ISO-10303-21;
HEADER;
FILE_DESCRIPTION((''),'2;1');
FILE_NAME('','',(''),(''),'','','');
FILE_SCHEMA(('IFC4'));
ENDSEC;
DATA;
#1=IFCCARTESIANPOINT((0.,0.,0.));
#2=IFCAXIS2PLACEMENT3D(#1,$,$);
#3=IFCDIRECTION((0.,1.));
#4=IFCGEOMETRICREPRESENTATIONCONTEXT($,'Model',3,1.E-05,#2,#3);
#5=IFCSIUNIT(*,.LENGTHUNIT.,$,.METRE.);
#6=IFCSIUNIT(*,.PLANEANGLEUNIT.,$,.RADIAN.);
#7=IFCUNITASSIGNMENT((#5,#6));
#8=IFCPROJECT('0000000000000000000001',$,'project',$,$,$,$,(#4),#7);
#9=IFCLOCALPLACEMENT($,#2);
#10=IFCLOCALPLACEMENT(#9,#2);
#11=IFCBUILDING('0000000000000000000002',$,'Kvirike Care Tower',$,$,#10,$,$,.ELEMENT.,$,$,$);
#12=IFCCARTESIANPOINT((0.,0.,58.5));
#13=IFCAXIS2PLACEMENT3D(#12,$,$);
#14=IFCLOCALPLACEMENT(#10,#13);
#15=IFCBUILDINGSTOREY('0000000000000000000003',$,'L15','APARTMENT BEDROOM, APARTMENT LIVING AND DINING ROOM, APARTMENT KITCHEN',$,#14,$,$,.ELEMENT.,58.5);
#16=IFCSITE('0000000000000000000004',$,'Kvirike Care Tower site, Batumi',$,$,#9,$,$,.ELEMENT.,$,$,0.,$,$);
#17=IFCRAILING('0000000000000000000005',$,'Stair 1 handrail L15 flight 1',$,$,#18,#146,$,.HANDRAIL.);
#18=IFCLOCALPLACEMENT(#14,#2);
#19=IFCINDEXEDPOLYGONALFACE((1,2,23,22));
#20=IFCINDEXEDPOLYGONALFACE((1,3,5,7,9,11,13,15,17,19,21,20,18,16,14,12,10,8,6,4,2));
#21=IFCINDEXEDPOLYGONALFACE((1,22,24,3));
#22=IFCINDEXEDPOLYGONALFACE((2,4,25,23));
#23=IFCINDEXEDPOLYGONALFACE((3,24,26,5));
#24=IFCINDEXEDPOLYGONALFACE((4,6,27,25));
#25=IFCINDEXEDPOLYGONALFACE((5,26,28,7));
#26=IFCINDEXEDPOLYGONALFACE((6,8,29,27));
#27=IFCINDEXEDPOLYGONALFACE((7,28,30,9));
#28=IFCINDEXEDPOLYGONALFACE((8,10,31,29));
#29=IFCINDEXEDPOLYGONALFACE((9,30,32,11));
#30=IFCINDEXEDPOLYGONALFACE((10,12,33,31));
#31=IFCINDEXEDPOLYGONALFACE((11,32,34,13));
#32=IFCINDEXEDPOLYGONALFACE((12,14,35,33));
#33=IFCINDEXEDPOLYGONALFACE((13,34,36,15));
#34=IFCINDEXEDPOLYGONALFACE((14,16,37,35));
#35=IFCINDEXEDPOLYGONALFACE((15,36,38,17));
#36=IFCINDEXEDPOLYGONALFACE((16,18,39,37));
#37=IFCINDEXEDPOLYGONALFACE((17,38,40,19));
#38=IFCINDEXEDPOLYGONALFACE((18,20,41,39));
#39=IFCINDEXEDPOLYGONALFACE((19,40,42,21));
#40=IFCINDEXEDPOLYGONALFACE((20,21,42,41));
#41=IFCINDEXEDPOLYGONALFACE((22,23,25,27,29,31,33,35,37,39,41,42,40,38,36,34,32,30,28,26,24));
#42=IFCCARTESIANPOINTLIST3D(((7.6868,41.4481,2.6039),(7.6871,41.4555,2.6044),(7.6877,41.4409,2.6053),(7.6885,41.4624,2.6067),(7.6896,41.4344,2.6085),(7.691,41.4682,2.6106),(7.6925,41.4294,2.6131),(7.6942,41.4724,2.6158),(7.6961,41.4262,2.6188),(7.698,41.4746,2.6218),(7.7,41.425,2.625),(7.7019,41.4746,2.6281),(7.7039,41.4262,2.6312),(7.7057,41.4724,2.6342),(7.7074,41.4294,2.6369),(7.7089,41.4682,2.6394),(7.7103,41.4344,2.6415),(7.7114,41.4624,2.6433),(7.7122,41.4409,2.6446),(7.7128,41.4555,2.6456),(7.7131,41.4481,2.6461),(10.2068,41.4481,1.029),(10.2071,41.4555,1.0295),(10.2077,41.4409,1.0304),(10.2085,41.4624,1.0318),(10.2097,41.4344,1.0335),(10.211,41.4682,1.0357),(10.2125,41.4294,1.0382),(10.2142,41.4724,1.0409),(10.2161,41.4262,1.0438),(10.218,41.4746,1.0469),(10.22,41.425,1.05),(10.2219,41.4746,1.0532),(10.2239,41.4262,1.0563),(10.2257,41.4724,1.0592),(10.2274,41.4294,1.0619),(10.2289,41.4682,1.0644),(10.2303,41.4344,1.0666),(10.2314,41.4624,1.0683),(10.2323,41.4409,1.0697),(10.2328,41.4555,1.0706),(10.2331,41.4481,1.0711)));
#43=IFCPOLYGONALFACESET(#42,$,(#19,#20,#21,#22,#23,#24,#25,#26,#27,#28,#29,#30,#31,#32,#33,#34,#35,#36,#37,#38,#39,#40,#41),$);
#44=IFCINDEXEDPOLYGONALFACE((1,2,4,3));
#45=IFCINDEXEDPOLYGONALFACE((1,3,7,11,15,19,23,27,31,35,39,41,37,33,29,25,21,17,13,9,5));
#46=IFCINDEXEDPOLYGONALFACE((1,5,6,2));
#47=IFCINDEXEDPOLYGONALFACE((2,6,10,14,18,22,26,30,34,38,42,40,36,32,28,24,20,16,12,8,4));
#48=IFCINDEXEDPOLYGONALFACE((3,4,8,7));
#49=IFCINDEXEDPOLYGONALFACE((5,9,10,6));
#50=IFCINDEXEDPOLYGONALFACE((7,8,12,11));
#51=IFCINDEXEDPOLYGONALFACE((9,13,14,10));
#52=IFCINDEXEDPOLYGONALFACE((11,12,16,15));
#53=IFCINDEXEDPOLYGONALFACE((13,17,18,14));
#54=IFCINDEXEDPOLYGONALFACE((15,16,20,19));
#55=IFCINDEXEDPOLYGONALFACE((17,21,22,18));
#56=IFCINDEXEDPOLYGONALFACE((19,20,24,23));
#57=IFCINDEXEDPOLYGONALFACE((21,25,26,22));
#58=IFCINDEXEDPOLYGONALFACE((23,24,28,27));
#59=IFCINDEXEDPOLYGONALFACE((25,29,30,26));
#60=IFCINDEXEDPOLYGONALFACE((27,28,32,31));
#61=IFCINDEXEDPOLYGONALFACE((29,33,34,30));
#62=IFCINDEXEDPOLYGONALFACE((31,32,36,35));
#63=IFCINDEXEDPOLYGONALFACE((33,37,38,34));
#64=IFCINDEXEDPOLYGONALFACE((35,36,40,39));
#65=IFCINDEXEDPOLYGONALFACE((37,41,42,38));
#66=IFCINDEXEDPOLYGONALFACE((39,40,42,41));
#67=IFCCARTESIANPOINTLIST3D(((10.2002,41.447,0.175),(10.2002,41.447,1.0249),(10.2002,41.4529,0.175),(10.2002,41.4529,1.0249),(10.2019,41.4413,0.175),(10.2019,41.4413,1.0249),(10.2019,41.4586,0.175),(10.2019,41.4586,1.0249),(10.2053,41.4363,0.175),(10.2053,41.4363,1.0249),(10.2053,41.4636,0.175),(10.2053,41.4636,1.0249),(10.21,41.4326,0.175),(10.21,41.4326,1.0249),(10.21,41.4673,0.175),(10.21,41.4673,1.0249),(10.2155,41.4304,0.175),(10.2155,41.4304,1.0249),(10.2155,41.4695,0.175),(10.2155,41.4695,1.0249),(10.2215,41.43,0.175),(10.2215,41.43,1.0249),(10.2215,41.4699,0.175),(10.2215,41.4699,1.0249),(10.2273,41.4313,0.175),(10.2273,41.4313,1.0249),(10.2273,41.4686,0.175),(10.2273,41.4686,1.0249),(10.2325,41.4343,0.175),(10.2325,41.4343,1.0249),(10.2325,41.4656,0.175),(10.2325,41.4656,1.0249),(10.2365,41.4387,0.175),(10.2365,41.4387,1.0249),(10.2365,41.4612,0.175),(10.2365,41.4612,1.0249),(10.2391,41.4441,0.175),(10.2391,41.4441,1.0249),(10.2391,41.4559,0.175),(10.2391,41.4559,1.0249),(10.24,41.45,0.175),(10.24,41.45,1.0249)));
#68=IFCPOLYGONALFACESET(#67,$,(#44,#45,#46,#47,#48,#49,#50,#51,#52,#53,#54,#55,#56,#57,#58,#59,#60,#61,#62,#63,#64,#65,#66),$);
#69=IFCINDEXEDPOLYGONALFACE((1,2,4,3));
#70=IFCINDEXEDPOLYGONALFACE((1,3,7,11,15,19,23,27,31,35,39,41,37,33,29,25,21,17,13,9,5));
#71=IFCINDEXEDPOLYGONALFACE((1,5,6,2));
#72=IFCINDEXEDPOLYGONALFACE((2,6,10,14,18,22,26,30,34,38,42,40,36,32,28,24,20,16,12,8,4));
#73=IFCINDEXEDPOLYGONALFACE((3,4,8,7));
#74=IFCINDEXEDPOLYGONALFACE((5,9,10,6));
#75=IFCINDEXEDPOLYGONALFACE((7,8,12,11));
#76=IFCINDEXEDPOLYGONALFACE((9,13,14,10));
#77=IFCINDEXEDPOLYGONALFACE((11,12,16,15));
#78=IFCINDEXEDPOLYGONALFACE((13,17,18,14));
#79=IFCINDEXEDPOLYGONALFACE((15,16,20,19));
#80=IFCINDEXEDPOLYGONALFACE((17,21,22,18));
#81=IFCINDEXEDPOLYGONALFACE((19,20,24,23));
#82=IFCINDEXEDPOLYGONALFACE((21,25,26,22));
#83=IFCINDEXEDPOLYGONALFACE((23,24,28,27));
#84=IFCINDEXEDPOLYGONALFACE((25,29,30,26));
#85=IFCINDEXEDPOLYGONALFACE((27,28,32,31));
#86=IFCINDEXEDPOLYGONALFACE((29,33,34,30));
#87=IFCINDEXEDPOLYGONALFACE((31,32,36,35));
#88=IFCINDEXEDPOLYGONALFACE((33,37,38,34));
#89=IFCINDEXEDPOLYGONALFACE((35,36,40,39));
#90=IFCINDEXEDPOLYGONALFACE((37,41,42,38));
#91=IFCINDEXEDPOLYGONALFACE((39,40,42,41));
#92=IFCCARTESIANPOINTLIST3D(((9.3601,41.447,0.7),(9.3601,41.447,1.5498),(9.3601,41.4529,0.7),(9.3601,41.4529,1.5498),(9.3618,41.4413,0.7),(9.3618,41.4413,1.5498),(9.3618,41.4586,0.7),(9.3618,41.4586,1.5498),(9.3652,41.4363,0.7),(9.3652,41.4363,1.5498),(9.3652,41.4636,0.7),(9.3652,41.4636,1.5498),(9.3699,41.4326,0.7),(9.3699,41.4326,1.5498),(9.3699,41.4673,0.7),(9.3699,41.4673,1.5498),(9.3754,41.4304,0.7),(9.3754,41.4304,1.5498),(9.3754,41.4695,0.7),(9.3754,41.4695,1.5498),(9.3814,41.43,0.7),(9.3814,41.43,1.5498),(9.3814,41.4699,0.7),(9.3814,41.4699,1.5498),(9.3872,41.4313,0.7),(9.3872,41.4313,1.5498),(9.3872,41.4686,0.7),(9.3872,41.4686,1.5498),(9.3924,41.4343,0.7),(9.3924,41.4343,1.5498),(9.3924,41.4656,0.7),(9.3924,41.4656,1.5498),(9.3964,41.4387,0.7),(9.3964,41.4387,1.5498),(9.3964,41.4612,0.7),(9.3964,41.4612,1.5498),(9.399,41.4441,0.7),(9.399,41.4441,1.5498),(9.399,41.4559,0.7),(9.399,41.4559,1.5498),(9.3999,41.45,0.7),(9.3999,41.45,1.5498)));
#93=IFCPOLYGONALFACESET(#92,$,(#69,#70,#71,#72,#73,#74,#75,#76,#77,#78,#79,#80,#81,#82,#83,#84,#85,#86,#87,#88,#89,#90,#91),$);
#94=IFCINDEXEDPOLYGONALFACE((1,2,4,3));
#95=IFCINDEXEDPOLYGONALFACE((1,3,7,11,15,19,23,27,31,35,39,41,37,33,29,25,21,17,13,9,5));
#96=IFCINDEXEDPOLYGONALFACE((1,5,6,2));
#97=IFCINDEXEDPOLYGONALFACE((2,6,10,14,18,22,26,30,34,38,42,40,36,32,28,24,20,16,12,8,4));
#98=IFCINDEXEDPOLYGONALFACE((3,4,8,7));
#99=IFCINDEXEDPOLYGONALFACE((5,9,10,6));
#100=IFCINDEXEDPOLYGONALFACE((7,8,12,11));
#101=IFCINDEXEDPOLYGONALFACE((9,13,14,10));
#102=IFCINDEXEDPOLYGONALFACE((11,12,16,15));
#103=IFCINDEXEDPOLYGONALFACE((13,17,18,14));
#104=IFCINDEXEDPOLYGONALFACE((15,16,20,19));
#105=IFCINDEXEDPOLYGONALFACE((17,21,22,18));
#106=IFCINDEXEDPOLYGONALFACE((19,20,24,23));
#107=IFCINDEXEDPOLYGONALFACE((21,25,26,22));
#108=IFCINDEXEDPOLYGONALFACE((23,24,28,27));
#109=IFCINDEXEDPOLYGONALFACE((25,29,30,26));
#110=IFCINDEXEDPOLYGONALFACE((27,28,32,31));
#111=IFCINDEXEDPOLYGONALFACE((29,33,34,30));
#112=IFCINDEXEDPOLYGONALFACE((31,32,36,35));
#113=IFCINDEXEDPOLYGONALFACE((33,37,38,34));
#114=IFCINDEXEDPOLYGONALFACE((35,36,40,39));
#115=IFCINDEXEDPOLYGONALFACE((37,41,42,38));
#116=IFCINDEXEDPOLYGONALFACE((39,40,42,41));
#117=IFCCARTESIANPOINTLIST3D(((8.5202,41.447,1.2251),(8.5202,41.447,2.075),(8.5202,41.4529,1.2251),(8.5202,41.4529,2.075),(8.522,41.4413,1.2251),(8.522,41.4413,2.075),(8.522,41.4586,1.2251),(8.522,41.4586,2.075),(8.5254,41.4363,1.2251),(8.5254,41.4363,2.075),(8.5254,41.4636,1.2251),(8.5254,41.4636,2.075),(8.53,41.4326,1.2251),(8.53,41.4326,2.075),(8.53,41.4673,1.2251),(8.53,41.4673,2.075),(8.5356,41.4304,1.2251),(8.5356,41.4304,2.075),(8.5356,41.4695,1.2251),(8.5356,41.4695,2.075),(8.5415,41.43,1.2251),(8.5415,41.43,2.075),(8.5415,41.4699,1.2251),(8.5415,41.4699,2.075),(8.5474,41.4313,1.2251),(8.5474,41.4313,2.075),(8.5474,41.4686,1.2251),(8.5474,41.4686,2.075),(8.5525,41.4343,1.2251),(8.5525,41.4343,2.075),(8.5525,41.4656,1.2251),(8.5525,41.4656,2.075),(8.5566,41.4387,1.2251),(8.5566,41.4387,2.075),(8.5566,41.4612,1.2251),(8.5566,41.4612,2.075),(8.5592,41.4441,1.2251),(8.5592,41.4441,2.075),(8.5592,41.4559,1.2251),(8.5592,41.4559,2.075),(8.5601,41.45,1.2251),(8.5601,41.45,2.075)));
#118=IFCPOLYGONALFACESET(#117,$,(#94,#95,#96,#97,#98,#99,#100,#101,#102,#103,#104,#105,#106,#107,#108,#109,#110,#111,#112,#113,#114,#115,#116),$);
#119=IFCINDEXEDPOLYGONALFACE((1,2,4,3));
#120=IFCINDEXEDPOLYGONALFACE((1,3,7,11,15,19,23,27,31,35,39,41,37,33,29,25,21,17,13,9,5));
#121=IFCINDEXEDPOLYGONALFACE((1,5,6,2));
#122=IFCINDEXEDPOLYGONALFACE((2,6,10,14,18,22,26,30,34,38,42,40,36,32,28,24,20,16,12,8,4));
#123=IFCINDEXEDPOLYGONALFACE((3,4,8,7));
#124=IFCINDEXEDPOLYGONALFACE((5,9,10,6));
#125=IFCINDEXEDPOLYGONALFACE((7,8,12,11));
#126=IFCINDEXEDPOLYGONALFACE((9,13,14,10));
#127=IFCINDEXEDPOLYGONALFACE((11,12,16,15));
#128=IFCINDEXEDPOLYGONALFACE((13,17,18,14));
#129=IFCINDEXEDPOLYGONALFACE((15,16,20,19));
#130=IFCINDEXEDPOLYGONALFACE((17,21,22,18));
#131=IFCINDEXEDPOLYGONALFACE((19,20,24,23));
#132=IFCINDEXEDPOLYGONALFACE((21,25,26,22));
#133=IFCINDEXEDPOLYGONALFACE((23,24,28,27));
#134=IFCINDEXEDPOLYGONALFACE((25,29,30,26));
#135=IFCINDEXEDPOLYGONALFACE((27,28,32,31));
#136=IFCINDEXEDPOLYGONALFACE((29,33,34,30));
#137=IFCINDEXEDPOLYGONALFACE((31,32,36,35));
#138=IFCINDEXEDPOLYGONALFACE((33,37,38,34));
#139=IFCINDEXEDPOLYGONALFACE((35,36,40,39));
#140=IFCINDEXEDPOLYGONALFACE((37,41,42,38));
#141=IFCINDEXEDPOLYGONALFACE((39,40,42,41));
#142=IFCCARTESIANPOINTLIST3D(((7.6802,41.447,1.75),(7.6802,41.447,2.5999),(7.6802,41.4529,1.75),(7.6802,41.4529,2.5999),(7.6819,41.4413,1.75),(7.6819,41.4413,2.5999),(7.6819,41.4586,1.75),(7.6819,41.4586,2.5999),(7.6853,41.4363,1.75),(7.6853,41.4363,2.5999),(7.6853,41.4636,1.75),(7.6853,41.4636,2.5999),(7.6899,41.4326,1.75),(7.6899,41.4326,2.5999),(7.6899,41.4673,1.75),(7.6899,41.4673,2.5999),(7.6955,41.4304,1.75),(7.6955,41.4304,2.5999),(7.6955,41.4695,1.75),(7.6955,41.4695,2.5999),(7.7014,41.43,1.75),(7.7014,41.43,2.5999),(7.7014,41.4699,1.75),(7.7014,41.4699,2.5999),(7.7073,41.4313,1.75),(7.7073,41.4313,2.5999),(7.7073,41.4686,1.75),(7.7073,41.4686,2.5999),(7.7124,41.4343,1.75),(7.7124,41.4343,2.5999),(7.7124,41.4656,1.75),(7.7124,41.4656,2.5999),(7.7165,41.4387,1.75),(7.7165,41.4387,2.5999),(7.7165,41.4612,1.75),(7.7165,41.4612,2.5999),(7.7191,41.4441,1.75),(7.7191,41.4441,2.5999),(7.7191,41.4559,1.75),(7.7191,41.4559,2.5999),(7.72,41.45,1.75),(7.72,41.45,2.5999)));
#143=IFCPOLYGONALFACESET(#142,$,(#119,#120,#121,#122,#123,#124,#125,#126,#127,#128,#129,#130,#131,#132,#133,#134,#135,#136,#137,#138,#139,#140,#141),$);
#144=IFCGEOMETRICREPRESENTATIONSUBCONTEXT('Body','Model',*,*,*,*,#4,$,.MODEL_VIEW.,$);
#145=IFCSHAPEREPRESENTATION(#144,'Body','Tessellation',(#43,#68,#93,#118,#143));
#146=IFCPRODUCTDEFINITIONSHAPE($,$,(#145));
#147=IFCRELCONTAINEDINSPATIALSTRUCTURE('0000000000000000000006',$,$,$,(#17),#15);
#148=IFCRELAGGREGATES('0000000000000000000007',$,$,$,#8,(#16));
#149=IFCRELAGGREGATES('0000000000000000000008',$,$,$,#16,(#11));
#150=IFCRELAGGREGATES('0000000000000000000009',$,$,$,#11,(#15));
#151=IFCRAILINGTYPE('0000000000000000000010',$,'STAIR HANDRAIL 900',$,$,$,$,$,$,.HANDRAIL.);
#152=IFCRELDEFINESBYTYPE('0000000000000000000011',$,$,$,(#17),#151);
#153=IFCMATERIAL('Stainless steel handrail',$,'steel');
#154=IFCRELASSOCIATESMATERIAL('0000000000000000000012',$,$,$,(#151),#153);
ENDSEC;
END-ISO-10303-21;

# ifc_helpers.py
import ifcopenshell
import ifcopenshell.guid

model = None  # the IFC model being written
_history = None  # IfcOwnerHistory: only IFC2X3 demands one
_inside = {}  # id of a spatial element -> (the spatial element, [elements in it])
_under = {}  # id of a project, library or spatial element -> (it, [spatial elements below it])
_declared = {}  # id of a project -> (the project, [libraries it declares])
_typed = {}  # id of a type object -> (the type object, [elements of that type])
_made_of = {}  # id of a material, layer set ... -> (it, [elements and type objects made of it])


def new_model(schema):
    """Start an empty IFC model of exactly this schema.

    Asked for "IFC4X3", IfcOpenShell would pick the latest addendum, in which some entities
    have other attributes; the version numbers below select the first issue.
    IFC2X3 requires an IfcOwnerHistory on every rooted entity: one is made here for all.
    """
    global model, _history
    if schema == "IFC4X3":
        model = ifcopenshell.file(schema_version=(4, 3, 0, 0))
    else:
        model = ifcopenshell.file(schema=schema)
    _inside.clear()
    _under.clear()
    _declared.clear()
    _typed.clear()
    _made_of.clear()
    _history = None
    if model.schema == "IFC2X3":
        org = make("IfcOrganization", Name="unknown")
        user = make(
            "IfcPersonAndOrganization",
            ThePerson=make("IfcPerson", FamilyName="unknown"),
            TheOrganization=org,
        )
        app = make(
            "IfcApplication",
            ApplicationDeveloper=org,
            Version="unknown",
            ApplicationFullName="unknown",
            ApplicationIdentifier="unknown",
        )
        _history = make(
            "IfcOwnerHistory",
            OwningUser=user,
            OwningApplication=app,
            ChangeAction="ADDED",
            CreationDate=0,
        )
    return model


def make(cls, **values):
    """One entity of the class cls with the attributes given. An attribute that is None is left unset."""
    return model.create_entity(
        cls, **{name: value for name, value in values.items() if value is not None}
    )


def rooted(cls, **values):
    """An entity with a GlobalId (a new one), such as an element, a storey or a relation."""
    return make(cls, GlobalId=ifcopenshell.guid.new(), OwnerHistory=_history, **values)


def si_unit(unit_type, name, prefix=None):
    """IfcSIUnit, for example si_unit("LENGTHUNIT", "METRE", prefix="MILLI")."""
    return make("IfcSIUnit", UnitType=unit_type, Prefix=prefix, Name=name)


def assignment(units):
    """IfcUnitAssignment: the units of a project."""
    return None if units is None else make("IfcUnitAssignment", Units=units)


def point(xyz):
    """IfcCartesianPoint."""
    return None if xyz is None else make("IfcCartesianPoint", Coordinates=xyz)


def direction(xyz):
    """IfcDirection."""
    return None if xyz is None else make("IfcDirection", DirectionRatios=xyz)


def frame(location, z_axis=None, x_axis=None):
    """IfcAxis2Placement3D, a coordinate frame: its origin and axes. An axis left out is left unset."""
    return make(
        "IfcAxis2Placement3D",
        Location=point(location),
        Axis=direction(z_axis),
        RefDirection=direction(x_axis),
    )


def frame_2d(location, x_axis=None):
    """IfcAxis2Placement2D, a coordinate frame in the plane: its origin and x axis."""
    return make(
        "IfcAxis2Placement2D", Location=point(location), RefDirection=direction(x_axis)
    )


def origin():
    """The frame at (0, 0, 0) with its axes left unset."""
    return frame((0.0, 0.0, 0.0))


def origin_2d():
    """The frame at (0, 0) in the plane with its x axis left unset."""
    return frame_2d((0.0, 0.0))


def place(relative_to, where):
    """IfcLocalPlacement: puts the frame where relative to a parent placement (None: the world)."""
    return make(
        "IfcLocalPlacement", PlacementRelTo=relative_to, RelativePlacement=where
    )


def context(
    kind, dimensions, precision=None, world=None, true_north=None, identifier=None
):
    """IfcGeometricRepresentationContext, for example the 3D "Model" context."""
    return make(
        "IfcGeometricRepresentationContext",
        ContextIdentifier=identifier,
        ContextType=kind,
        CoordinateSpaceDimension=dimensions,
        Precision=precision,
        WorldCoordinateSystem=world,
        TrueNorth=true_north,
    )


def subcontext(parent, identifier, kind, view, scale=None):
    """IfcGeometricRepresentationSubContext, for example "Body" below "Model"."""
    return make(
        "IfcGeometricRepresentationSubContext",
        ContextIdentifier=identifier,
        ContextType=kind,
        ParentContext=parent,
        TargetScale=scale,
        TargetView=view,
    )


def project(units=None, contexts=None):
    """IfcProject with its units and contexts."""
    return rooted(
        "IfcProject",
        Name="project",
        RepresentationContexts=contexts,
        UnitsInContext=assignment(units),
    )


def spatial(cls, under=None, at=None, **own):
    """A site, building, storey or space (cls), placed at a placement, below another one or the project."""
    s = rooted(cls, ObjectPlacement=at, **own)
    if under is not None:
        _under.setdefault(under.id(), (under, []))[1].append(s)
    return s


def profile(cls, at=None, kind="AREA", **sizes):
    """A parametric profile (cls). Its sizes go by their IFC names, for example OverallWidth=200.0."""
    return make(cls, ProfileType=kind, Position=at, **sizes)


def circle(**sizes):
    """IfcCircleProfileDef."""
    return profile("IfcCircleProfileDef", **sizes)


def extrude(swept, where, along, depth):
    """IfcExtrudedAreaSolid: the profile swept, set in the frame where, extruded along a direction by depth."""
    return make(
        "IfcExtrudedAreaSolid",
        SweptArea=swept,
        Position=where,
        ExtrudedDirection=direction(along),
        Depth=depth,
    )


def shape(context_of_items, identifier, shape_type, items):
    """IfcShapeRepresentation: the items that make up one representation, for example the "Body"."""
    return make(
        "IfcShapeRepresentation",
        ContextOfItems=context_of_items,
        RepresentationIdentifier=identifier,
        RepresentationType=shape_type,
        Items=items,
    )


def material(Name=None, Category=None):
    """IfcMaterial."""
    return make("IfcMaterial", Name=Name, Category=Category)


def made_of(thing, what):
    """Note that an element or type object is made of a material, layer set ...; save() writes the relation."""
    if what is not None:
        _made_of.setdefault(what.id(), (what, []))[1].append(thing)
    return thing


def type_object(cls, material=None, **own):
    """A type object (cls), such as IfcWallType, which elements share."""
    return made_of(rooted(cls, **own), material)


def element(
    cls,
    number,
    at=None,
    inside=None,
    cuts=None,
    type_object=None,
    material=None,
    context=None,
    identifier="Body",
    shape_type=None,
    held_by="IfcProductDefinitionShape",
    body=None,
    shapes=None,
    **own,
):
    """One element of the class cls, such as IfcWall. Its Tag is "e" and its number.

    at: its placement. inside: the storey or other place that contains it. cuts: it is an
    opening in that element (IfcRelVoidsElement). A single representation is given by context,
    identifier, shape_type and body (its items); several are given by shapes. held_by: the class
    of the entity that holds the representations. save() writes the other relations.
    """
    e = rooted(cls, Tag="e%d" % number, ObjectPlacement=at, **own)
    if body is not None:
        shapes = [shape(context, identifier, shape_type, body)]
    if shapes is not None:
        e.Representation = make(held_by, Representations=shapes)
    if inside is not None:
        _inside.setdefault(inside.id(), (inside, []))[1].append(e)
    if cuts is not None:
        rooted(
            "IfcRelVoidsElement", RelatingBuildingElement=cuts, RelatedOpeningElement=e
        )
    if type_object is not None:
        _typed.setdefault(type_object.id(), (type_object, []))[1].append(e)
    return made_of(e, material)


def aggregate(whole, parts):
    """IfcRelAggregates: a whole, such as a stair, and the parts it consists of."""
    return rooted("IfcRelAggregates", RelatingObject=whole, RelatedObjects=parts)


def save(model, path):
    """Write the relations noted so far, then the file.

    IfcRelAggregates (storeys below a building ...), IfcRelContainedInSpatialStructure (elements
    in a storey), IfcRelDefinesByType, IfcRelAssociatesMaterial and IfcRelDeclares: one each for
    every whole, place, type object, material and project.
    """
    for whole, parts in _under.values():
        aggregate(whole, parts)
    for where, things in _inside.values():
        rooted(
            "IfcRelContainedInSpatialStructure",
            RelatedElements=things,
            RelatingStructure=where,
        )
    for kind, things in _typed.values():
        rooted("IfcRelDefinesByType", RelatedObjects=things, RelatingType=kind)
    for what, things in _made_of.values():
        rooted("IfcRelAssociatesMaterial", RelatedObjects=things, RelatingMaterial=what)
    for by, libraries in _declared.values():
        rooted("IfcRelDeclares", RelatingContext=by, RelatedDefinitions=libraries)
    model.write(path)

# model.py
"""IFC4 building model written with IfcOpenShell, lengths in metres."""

from ifc_helpers import new_model, si_unit, direction, frame, origin, origin_2d, place, context, subcontext, project, spatial, circle, extrude, material, type_object, element, save


model = new_model("IFC4")

# Units and contexts
model_context = context("Model", 3, precision=1e-05, world=origin(), true_north=direction((0.0, 1.0)))
body_context = subcontext(model_context, "Body", "Model", "MODEL_VIEW")
ifc_project = project(units=[si_unit("LENGTHUNIT", "METRE"), si_unit("PLANEANGLEUNIT", "RADIAN")], contexts=[model_context])

# Site, building, storey
site_placement = place(None, origin())
site = spatial("IfcSite", under=ifc_project, at=site_placement, Name="Kvirike Care Tower site, Batumi", CompositionType="ELEMENT", RefElevation=0.0)
building_placement = place(site_placement, origin())
building = spatial("IfcBuilding", under=site, at=building_placement, Name="Kvirike Care Tower", CompositionType="ELEMENT")
storey_placement = place(building_placement, frame((0.0, 0.0, 58.5)))
storey = spatial("IfcBuildingStorey", under=building, at=storey_placement, Name="L15", Description="APARTMENT BEDROOM, APARTMENT LIVING AND DINING ROOM, APARTMENT KITCHEN", CompositionType="ELEMENT", Elevation=58.5)

# Railing
ifc_material_1 = material(Name="Stainless steel handrail", Category="steel")
railing_type = type_object("IfcRailingType", Name="STAIR HANDRAIL 900", PredefinedType="HANDRAIL", material=ifc_material_1)
railing_1_placement = place(storey_placement, frame((10.22, 41.45, 0.175)))
element("IfcRailing", 1, at=railing_1_placement, inside=storey, type_object=railing_type, Name="Stair 1 handrail L15 flight 1", PredefinedType="HANDRAIL", context=body_context, shape_type="SweptSolid", body=[
    extrude(circle(Radius=0.0249, at=origin_2d()), frame((0.0, 0.0, 0.875), z_axis=(-0.848008, 0.0, 0.529984), x_axis=(0.0, -1.0, 0.0)), (0.0, 0.0, 1.0), 2.9717),
    extrude(circle(Radius=0.02, at=origin_2d()), origin(), (0.0, 0.0, 1.0), 0.8499),
    extrude(circle(Radius=0.02, at=origin_2d()), frame((-0.8401, 0.0, 0.5249)), (0.0, 0.0, 1.0), 0.8499),
    extrude(circle(Radius=0.02, at=origin_2d()), frame((-1.6799, 0.0, 1.05)), (0.0, 0.0, 1.0), 0.8499),
    extrude(circle(Radius=0.02, at=origin_2d()), frame((-2.52, 0.0, 1.575)), (0.0, 0.0, 1.0), 0.8499),
])

save(model, "model.ifc")
